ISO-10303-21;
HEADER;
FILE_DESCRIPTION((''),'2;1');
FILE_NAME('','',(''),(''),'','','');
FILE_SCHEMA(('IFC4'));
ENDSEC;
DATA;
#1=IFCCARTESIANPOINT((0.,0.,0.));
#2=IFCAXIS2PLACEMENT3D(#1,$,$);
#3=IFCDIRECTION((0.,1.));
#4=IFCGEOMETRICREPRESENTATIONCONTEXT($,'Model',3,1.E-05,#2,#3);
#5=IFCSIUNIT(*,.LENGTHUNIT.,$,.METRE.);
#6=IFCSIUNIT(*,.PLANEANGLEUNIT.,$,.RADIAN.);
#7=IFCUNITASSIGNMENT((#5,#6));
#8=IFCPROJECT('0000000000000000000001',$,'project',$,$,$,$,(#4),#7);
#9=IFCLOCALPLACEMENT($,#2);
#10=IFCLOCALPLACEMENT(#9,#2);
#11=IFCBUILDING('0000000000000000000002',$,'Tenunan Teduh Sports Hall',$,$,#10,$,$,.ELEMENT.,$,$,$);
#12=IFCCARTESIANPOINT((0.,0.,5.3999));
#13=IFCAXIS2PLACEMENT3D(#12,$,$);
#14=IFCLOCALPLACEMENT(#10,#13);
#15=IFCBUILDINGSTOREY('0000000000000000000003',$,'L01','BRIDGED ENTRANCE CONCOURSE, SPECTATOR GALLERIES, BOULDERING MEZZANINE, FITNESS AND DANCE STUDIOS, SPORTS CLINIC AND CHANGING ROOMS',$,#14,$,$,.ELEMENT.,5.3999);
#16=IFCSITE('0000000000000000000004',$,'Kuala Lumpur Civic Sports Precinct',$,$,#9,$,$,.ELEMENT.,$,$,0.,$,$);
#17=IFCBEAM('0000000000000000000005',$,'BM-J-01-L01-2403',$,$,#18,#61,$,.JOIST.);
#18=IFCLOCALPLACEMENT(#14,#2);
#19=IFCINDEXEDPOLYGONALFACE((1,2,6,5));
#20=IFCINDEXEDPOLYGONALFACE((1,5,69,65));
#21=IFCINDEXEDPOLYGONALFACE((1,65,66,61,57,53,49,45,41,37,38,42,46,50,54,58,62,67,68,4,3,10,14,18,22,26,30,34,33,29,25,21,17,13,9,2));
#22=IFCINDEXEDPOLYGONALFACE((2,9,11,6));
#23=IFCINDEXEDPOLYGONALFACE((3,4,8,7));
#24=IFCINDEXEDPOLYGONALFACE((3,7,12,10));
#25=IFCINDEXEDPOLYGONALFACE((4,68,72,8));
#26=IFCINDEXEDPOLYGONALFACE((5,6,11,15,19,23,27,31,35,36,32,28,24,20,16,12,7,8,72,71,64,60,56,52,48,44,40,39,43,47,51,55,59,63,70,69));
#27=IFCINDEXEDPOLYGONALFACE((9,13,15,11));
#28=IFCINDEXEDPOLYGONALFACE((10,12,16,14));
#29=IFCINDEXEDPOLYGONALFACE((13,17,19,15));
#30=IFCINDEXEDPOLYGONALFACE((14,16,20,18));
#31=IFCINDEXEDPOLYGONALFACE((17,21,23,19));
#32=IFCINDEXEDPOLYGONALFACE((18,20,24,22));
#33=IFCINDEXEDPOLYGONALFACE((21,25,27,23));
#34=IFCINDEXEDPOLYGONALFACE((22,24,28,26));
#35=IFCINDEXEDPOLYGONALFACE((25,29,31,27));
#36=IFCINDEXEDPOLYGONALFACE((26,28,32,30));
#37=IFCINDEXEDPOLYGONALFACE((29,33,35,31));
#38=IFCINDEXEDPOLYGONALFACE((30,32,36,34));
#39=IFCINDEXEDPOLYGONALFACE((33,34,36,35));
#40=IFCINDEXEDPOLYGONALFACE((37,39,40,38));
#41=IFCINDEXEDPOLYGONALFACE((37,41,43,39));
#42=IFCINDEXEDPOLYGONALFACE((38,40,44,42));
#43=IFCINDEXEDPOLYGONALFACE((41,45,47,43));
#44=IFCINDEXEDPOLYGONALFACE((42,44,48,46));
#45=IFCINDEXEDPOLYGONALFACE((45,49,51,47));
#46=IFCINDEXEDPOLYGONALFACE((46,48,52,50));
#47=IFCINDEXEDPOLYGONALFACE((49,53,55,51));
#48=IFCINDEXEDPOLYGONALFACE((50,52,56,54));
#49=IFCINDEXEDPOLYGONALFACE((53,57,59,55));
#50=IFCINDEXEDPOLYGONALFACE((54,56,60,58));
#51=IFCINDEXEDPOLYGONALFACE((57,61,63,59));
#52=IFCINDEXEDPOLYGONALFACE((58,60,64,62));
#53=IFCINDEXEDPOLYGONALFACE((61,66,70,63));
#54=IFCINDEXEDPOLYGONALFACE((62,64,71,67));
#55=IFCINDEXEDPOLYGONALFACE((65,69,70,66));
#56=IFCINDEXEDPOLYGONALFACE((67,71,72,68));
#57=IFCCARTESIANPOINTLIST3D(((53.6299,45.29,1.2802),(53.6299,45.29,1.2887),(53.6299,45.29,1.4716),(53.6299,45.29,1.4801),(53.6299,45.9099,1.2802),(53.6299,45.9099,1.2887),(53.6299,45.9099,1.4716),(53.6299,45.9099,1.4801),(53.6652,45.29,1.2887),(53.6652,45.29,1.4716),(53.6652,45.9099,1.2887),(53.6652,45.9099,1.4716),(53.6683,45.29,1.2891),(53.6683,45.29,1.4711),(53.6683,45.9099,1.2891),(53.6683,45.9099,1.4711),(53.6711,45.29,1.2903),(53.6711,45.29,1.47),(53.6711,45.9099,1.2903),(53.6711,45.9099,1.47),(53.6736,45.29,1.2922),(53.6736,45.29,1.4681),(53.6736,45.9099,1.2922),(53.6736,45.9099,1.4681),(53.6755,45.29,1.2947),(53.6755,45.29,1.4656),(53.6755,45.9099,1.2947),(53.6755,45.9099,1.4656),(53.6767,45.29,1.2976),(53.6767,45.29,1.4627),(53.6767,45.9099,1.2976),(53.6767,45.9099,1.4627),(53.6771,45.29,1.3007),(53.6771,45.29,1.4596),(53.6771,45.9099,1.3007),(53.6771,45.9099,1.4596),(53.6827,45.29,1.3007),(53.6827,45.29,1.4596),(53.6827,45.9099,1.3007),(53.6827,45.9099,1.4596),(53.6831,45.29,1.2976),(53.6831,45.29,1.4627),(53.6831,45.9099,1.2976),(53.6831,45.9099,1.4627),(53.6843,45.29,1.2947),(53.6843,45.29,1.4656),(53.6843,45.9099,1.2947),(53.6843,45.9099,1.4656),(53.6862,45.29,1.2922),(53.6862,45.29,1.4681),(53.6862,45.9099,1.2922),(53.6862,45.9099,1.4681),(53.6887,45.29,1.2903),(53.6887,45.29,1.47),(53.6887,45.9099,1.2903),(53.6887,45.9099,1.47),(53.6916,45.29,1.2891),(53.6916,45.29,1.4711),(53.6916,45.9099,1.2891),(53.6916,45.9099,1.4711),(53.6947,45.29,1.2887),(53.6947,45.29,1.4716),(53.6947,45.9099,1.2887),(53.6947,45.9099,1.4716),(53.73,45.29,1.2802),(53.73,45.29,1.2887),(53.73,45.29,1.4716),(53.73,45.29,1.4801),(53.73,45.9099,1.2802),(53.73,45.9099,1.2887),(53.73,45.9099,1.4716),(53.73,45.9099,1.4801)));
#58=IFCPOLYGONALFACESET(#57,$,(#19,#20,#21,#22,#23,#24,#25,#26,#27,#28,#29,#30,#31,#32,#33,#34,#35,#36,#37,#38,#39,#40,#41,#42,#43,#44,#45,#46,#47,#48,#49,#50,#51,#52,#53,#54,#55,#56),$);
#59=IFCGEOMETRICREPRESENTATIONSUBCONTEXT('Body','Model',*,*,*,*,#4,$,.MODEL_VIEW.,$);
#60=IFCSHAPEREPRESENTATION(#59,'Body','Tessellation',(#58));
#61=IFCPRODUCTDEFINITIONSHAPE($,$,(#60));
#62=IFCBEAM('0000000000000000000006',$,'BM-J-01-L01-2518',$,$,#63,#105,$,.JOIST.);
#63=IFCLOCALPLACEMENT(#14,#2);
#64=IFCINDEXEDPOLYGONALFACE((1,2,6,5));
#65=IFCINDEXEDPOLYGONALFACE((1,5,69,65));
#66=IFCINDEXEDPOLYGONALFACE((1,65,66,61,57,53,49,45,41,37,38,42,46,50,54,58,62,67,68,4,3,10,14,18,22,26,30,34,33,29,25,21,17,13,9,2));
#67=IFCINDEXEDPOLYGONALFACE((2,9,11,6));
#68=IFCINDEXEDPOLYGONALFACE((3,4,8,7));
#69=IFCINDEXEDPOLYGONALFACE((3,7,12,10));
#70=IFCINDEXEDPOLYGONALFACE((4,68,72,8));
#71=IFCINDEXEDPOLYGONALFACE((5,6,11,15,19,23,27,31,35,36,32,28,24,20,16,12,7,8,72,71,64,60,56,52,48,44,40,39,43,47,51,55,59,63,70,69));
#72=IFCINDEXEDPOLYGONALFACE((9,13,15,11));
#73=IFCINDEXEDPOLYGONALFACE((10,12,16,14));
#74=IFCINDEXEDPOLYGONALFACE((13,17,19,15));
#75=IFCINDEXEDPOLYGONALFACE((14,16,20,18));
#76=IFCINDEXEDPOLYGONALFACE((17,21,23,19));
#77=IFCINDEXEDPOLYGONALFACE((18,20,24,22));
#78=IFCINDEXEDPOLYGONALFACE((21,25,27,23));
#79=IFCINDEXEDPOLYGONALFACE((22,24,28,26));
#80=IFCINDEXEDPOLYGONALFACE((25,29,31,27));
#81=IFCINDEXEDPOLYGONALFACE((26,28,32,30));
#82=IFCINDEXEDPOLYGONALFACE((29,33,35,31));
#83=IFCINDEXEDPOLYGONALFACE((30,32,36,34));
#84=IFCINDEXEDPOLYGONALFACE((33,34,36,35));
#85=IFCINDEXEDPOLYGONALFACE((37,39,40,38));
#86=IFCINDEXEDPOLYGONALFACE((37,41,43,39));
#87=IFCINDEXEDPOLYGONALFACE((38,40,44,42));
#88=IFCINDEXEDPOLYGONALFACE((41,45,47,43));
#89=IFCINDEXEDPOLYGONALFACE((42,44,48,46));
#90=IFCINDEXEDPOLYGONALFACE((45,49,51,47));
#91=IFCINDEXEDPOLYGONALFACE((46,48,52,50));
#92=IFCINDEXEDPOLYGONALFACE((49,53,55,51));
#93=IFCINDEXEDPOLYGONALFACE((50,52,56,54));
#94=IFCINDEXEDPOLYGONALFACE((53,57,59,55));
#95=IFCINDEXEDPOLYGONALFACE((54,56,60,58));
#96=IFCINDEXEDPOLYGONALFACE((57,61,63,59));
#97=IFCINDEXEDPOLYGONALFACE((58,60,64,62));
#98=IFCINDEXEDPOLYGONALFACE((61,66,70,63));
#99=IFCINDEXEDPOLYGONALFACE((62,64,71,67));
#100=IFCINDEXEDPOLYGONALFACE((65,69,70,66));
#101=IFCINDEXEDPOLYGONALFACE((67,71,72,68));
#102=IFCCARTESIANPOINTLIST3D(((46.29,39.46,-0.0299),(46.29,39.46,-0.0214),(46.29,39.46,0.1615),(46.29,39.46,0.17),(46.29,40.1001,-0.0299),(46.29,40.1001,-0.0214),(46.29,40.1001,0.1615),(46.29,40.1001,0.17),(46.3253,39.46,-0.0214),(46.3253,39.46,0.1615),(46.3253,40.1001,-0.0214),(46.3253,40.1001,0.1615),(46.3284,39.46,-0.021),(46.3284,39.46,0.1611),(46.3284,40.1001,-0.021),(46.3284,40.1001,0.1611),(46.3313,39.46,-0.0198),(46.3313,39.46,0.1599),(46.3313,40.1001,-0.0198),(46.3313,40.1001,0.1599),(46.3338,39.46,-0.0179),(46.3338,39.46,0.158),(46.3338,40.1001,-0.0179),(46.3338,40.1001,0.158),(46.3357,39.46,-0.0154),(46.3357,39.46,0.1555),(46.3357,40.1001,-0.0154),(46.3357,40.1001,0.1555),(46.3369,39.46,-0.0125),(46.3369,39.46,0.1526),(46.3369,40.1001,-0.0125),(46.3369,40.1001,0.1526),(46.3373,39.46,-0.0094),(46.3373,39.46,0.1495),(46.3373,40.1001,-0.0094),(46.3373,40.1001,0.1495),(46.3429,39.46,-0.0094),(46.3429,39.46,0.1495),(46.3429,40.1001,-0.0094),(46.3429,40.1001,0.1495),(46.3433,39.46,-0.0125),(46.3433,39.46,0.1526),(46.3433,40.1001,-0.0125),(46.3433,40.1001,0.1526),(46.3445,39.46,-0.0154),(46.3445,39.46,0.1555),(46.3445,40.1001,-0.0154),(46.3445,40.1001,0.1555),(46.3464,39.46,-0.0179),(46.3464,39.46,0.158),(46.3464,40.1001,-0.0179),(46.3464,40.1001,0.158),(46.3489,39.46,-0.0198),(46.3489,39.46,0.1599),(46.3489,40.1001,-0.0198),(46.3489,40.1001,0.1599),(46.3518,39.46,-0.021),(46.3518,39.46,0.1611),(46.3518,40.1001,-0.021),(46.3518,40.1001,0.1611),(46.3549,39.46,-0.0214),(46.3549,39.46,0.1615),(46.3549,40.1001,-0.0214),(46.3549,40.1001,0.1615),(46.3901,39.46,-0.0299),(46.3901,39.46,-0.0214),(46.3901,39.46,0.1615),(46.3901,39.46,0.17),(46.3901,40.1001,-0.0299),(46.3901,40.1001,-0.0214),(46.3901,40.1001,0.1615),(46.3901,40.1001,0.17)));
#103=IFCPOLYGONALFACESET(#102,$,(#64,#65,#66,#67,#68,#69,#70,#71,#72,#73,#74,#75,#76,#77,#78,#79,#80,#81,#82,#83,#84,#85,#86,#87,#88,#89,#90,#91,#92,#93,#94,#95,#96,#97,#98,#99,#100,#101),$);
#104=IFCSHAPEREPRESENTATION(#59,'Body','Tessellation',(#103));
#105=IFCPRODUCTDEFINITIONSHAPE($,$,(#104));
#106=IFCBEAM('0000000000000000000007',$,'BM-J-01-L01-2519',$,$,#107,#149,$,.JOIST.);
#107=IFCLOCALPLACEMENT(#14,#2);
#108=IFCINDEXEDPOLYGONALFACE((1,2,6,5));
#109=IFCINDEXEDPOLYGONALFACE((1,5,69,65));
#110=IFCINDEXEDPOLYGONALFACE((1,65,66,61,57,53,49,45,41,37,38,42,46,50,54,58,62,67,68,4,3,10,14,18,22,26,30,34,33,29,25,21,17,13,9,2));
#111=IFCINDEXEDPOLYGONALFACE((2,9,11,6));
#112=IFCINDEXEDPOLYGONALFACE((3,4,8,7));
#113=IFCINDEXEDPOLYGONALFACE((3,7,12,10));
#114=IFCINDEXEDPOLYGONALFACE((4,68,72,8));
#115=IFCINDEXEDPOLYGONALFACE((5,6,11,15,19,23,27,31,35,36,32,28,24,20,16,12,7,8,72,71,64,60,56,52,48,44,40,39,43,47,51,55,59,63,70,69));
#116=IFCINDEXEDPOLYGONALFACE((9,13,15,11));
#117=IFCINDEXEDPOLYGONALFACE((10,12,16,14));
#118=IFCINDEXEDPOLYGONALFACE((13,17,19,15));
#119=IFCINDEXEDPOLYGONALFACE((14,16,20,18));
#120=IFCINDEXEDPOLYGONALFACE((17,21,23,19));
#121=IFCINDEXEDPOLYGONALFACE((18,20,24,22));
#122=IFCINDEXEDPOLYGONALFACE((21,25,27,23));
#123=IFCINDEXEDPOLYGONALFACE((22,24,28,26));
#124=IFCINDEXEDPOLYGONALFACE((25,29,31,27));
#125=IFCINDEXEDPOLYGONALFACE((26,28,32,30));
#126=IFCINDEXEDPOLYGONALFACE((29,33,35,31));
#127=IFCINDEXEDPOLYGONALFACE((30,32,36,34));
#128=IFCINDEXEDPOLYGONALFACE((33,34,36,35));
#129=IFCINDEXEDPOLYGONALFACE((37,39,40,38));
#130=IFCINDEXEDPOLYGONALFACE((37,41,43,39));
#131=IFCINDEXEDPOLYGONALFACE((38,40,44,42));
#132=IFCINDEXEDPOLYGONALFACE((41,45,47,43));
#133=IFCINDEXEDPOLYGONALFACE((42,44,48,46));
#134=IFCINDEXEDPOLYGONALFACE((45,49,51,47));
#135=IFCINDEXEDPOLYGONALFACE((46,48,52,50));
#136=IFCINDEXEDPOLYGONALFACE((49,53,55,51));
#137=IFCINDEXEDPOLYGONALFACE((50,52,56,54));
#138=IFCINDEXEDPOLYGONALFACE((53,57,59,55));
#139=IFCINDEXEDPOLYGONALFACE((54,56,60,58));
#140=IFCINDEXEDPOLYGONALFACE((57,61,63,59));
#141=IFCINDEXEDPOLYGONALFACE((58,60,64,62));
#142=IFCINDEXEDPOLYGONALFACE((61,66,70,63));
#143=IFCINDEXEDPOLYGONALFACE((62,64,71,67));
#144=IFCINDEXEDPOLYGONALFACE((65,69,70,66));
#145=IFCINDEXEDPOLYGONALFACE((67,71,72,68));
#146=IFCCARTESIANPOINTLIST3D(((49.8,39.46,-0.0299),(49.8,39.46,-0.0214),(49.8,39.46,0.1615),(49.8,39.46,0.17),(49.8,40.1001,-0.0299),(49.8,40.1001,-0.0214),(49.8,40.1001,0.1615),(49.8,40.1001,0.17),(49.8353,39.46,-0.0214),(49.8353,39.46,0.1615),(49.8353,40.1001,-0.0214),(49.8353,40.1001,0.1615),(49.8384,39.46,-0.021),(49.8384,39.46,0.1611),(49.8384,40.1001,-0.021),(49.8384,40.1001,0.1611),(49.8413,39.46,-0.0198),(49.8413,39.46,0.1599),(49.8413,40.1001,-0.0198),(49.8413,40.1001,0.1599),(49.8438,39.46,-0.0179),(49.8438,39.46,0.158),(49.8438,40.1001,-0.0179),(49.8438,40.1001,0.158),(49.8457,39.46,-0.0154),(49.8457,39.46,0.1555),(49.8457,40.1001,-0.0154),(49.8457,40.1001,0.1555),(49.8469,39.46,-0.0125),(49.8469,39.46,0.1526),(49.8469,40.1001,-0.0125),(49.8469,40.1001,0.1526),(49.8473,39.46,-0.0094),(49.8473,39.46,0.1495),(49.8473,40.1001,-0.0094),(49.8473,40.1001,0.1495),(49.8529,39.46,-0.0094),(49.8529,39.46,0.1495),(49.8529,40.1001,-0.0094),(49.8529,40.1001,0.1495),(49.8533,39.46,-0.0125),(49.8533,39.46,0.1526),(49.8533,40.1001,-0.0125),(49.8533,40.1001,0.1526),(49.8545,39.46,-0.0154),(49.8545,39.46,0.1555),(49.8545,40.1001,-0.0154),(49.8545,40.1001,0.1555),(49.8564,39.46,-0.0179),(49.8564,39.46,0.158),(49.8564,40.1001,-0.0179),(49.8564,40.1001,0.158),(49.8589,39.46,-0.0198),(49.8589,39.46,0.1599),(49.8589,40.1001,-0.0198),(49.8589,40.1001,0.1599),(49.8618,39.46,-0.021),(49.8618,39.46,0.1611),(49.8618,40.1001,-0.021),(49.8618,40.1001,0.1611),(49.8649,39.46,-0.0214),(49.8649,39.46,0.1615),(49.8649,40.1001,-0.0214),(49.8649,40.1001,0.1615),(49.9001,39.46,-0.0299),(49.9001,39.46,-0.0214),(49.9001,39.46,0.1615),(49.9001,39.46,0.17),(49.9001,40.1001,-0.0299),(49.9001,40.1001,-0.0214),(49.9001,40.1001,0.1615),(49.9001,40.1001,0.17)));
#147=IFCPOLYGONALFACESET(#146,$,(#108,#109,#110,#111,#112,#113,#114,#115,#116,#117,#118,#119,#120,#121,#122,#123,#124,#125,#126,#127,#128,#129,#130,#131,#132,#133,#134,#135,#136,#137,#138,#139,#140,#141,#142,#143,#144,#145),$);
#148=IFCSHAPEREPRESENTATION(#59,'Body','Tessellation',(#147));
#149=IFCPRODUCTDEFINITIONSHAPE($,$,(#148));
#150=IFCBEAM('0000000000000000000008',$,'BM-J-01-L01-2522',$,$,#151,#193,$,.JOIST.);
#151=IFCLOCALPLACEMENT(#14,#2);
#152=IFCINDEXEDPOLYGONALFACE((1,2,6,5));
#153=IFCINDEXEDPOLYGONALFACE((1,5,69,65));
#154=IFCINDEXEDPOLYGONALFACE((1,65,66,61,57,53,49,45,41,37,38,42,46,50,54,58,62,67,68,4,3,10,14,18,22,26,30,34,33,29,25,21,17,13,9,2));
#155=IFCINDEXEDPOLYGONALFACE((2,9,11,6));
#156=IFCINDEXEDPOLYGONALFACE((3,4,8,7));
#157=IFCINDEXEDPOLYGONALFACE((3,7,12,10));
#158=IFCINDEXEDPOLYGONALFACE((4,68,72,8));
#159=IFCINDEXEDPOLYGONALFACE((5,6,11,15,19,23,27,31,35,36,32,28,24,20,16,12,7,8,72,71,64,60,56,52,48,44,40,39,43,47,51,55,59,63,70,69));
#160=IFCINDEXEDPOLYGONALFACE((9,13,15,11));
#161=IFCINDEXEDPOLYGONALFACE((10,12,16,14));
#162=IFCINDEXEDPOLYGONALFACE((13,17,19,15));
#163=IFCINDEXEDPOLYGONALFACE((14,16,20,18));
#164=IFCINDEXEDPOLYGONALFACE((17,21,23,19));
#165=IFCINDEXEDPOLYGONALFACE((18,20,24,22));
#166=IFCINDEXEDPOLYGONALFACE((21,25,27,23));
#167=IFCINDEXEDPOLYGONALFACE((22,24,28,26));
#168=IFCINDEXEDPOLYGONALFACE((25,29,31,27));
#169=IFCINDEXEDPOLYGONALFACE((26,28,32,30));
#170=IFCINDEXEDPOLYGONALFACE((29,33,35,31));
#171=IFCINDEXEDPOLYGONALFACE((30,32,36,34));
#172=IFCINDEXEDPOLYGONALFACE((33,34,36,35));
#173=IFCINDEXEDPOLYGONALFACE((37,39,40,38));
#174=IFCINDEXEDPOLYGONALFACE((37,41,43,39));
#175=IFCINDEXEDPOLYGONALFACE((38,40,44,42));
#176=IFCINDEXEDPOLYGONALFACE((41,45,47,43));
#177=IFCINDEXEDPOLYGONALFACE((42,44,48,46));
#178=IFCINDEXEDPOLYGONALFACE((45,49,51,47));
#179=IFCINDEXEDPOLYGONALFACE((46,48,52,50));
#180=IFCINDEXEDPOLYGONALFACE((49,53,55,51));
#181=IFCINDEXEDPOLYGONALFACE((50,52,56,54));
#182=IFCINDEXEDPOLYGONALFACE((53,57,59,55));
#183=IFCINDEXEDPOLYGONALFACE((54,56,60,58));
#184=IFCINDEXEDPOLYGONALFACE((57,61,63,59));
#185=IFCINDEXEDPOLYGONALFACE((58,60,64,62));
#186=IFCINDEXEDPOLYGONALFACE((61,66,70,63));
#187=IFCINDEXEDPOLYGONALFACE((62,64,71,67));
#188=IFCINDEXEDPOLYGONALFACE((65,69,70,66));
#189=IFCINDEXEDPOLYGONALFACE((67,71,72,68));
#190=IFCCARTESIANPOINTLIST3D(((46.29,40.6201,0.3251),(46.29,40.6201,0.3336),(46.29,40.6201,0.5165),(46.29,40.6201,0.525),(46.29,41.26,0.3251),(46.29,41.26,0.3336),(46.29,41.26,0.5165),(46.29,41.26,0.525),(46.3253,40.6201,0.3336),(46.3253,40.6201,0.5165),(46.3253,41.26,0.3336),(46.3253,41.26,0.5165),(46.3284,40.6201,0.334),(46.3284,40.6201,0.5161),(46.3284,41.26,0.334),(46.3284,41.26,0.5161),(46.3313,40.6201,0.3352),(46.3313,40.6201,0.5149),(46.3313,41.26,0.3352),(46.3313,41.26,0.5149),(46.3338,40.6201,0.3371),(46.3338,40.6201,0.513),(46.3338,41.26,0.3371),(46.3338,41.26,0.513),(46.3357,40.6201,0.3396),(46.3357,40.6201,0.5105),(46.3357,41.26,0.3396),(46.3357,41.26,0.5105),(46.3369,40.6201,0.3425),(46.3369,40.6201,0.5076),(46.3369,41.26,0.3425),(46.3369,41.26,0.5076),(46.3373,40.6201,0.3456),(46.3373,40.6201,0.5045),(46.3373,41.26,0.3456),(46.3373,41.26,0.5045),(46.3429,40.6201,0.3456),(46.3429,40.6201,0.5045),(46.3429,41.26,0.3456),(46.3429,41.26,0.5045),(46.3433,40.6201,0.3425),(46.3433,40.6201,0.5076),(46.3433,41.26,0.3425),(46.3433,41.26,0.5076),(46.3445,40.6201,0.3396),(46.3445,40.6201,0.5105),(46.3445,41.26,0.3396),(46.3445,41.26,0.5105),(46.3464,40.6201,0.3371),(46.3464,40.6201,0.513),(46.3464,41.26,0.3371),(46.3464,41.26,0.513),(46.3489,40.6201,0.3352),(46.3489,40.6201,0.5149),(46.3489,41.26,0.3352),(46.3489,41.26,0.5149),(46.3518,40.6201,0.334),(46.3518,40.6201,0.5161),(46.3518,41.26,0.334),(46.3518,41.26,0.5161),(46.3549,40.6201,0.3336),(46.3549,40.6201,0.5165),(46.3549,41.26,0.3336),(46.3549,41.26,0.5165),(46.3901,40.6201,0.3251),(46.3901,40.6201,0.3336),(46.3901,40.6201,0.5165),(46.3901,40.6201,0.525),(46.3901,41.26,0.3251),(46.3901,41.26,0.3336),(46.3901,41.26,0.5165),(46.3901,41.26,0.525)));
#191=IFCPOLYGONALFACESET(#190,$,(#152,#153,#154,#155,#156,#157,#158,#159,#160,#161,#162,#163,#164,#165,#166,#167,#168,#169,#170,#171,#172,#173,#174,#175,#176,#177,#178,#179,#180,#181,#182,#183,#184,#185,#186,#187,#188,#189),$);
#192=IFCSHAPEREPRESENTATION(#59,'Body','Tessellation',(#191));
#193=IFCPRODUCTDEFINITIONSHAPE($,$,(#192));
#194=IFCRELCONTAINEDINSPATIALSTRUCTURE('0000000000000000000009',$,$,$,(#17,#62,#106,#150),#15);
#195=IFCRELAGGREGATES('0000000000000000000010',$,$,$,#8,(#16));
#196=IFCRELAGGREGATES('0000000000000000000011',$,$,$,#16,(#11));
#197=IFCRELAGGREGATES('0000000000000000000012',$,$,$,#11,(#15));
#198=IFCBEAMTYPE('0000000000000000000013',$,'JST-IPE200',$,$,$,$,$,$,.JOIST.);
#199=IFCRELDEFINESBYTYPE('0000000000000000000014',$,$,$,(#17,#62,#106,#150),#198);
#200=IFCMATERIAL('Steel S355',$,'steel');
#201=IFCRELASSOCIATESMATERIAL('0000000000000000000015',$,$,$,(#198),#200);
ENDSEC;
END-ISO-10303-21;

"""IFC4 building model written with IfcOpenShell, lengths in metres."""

from ifc_helpers import new_model, si_unit, direction, frame, origin, origin_2d, place, context, subcontext, project, spatial, i_section, extrude, material, material_profile, profile_set, type_object, element, save


model = new_model("IFC4")

# Units and contexts
model_context = context("Model", 3, precision=1e-05, world=origin(), true_north=direction((0.0, 1.0)))
body_context = subcontext(model_context, "Body", "Model", "MODEL_VIEW")
ifc_project = project(units=[si_unit("LENGTHUNIT", "METRE"), si_unit("PLANEANGLEUNIT", "RADIAN")], contexts=[model_context])

# Site, building, storey
site_placement = place(None, origin())
site = spatial("IfcSite", under=ifc_project, at=site_placement, Name="Kuala Lumpur Civic Sports Precinct", CompositionType="ELEMENT", RefElevation=0.0)
building_placement = place(site_placement, origin())
building = spatial("IfcBuilding", under=site, at=building_placement, Name="Tenunan Teduh Sports Hall", CompositionType="ELEMENT")
storey_placement = place(building_placement, frame((0.0, 0.0, 5.3999)))
storey = spatial("IfcBuildingStorey", under=building, at=storey_placement, Name="L01", Description="BRIDGED ENTRANCE CONCOURSE, SPECTATOR GALLERIES, BOULDERING MEZZANINE, FITNESS AND DANCE STUDIOS, SPORTS CLINIC AND CHANGING ROOMS", CompositionType="ELEMENT", Elevation=5.3999)

# Beams
ifc_material_1 = material(Name="Steel S355", Category="steel")
ifc_material_profile_1 = material_profile(ifc_material_1, i_section(OverallWidth=0.1001, OverallDepth=0.2, WebThickness=0.0056, FlangeThickness=0.0085, FilletRadius=0.012, at=origin_2d()), Name="IPE 200")
ifc_profile_set_1 = profile_set([ifc_material_profile_1], Name="Steel S355")
beam_type_1 = type_object("IfcBeamType", Name="JST-IPE200", PredefinedType="JOIST", material=ifc_profile_set_1)
beam_1_placement = place(storey_placement, frame((53.6799, 45.29, 1.3801), z_axis=(0.0, 1.0, 0.0), x_axis=(-1.0, 0.0, 0.0)))
element("IfcBeam", 1, at=beam_1_placement, inside=storey, type_object=beam_type_1, Name="BM-J-01-L01-2403", PredefinedType="JOIST", context=body_context, shape_type="SweptSolid", body=[
    extrude(i_section(OverallWidth=0.1001, OverallDepth=0.2, WebThickness=0.0056, FlangeThickness=0.0085, FilletRadius=0.012, at=origin_2d()), origin(), (0.0, 0.0, 1.0), 0.6199),
])
for number, where, z_axis, x_axis, name in (
    (2, (46.3401, 39.46, 0.0701), (0.0, 1.0, 0.0), (-1.0, 0.0, 0.0), "BM-J-01-L01-2518"),
    (3, (49.8501, 39.46, 0.0701), (0.0, 1.0, 0.0), (-1.0, 0.0, 0.0), "BM-J-01-L01-2519"),
):
    element("IfcBeam", number, at=place(storey_placement, frame(where, z_axis=z_axis, x_axis=x_axis)), inside=storey, type_object=beam_type_1, Name=name, PredefinedType="JOIST", context=body_context, shape_type="SweptSolid", body=[
        extrude(i_section(OverallWidth=0.1001, OverallDepth=0.2, WebThickness=0.0056, FlangeThickness=0.0085, FilletRadius=0.012, at=origin_2d()), origin(), (0.0, 0.0, 1.0), 0.6401),
    ])
for number, where, z_axis, x_axis, name in (
    (4, (46.3401, 40.6201, 0.425), (0.0, 1.0, 0.0), (-1.0, 0.0, 0.0), "BM-J-01-L01-2522"),
):
    element("IfcBeam", number, at=place(storey_placement, frame(where, z_axis=z_axis, x_axis=x_axis)), inside=storey, type_object=beam_type_1, Name=name, PredefinedType="JOIST", context=body_context, shape_type="SweptSolid", body=[
        extrude(i_section(OverallWidth=0.1001, OverallDepth=0.2, WebThickness=0.0056, FlangeThickness=0.0085, FilletRadius=0.012, at=origin_2d()), origin(), (0.0, 0.0, 1.0), 0.6399),
    ])

save(model, "model.ifc")
